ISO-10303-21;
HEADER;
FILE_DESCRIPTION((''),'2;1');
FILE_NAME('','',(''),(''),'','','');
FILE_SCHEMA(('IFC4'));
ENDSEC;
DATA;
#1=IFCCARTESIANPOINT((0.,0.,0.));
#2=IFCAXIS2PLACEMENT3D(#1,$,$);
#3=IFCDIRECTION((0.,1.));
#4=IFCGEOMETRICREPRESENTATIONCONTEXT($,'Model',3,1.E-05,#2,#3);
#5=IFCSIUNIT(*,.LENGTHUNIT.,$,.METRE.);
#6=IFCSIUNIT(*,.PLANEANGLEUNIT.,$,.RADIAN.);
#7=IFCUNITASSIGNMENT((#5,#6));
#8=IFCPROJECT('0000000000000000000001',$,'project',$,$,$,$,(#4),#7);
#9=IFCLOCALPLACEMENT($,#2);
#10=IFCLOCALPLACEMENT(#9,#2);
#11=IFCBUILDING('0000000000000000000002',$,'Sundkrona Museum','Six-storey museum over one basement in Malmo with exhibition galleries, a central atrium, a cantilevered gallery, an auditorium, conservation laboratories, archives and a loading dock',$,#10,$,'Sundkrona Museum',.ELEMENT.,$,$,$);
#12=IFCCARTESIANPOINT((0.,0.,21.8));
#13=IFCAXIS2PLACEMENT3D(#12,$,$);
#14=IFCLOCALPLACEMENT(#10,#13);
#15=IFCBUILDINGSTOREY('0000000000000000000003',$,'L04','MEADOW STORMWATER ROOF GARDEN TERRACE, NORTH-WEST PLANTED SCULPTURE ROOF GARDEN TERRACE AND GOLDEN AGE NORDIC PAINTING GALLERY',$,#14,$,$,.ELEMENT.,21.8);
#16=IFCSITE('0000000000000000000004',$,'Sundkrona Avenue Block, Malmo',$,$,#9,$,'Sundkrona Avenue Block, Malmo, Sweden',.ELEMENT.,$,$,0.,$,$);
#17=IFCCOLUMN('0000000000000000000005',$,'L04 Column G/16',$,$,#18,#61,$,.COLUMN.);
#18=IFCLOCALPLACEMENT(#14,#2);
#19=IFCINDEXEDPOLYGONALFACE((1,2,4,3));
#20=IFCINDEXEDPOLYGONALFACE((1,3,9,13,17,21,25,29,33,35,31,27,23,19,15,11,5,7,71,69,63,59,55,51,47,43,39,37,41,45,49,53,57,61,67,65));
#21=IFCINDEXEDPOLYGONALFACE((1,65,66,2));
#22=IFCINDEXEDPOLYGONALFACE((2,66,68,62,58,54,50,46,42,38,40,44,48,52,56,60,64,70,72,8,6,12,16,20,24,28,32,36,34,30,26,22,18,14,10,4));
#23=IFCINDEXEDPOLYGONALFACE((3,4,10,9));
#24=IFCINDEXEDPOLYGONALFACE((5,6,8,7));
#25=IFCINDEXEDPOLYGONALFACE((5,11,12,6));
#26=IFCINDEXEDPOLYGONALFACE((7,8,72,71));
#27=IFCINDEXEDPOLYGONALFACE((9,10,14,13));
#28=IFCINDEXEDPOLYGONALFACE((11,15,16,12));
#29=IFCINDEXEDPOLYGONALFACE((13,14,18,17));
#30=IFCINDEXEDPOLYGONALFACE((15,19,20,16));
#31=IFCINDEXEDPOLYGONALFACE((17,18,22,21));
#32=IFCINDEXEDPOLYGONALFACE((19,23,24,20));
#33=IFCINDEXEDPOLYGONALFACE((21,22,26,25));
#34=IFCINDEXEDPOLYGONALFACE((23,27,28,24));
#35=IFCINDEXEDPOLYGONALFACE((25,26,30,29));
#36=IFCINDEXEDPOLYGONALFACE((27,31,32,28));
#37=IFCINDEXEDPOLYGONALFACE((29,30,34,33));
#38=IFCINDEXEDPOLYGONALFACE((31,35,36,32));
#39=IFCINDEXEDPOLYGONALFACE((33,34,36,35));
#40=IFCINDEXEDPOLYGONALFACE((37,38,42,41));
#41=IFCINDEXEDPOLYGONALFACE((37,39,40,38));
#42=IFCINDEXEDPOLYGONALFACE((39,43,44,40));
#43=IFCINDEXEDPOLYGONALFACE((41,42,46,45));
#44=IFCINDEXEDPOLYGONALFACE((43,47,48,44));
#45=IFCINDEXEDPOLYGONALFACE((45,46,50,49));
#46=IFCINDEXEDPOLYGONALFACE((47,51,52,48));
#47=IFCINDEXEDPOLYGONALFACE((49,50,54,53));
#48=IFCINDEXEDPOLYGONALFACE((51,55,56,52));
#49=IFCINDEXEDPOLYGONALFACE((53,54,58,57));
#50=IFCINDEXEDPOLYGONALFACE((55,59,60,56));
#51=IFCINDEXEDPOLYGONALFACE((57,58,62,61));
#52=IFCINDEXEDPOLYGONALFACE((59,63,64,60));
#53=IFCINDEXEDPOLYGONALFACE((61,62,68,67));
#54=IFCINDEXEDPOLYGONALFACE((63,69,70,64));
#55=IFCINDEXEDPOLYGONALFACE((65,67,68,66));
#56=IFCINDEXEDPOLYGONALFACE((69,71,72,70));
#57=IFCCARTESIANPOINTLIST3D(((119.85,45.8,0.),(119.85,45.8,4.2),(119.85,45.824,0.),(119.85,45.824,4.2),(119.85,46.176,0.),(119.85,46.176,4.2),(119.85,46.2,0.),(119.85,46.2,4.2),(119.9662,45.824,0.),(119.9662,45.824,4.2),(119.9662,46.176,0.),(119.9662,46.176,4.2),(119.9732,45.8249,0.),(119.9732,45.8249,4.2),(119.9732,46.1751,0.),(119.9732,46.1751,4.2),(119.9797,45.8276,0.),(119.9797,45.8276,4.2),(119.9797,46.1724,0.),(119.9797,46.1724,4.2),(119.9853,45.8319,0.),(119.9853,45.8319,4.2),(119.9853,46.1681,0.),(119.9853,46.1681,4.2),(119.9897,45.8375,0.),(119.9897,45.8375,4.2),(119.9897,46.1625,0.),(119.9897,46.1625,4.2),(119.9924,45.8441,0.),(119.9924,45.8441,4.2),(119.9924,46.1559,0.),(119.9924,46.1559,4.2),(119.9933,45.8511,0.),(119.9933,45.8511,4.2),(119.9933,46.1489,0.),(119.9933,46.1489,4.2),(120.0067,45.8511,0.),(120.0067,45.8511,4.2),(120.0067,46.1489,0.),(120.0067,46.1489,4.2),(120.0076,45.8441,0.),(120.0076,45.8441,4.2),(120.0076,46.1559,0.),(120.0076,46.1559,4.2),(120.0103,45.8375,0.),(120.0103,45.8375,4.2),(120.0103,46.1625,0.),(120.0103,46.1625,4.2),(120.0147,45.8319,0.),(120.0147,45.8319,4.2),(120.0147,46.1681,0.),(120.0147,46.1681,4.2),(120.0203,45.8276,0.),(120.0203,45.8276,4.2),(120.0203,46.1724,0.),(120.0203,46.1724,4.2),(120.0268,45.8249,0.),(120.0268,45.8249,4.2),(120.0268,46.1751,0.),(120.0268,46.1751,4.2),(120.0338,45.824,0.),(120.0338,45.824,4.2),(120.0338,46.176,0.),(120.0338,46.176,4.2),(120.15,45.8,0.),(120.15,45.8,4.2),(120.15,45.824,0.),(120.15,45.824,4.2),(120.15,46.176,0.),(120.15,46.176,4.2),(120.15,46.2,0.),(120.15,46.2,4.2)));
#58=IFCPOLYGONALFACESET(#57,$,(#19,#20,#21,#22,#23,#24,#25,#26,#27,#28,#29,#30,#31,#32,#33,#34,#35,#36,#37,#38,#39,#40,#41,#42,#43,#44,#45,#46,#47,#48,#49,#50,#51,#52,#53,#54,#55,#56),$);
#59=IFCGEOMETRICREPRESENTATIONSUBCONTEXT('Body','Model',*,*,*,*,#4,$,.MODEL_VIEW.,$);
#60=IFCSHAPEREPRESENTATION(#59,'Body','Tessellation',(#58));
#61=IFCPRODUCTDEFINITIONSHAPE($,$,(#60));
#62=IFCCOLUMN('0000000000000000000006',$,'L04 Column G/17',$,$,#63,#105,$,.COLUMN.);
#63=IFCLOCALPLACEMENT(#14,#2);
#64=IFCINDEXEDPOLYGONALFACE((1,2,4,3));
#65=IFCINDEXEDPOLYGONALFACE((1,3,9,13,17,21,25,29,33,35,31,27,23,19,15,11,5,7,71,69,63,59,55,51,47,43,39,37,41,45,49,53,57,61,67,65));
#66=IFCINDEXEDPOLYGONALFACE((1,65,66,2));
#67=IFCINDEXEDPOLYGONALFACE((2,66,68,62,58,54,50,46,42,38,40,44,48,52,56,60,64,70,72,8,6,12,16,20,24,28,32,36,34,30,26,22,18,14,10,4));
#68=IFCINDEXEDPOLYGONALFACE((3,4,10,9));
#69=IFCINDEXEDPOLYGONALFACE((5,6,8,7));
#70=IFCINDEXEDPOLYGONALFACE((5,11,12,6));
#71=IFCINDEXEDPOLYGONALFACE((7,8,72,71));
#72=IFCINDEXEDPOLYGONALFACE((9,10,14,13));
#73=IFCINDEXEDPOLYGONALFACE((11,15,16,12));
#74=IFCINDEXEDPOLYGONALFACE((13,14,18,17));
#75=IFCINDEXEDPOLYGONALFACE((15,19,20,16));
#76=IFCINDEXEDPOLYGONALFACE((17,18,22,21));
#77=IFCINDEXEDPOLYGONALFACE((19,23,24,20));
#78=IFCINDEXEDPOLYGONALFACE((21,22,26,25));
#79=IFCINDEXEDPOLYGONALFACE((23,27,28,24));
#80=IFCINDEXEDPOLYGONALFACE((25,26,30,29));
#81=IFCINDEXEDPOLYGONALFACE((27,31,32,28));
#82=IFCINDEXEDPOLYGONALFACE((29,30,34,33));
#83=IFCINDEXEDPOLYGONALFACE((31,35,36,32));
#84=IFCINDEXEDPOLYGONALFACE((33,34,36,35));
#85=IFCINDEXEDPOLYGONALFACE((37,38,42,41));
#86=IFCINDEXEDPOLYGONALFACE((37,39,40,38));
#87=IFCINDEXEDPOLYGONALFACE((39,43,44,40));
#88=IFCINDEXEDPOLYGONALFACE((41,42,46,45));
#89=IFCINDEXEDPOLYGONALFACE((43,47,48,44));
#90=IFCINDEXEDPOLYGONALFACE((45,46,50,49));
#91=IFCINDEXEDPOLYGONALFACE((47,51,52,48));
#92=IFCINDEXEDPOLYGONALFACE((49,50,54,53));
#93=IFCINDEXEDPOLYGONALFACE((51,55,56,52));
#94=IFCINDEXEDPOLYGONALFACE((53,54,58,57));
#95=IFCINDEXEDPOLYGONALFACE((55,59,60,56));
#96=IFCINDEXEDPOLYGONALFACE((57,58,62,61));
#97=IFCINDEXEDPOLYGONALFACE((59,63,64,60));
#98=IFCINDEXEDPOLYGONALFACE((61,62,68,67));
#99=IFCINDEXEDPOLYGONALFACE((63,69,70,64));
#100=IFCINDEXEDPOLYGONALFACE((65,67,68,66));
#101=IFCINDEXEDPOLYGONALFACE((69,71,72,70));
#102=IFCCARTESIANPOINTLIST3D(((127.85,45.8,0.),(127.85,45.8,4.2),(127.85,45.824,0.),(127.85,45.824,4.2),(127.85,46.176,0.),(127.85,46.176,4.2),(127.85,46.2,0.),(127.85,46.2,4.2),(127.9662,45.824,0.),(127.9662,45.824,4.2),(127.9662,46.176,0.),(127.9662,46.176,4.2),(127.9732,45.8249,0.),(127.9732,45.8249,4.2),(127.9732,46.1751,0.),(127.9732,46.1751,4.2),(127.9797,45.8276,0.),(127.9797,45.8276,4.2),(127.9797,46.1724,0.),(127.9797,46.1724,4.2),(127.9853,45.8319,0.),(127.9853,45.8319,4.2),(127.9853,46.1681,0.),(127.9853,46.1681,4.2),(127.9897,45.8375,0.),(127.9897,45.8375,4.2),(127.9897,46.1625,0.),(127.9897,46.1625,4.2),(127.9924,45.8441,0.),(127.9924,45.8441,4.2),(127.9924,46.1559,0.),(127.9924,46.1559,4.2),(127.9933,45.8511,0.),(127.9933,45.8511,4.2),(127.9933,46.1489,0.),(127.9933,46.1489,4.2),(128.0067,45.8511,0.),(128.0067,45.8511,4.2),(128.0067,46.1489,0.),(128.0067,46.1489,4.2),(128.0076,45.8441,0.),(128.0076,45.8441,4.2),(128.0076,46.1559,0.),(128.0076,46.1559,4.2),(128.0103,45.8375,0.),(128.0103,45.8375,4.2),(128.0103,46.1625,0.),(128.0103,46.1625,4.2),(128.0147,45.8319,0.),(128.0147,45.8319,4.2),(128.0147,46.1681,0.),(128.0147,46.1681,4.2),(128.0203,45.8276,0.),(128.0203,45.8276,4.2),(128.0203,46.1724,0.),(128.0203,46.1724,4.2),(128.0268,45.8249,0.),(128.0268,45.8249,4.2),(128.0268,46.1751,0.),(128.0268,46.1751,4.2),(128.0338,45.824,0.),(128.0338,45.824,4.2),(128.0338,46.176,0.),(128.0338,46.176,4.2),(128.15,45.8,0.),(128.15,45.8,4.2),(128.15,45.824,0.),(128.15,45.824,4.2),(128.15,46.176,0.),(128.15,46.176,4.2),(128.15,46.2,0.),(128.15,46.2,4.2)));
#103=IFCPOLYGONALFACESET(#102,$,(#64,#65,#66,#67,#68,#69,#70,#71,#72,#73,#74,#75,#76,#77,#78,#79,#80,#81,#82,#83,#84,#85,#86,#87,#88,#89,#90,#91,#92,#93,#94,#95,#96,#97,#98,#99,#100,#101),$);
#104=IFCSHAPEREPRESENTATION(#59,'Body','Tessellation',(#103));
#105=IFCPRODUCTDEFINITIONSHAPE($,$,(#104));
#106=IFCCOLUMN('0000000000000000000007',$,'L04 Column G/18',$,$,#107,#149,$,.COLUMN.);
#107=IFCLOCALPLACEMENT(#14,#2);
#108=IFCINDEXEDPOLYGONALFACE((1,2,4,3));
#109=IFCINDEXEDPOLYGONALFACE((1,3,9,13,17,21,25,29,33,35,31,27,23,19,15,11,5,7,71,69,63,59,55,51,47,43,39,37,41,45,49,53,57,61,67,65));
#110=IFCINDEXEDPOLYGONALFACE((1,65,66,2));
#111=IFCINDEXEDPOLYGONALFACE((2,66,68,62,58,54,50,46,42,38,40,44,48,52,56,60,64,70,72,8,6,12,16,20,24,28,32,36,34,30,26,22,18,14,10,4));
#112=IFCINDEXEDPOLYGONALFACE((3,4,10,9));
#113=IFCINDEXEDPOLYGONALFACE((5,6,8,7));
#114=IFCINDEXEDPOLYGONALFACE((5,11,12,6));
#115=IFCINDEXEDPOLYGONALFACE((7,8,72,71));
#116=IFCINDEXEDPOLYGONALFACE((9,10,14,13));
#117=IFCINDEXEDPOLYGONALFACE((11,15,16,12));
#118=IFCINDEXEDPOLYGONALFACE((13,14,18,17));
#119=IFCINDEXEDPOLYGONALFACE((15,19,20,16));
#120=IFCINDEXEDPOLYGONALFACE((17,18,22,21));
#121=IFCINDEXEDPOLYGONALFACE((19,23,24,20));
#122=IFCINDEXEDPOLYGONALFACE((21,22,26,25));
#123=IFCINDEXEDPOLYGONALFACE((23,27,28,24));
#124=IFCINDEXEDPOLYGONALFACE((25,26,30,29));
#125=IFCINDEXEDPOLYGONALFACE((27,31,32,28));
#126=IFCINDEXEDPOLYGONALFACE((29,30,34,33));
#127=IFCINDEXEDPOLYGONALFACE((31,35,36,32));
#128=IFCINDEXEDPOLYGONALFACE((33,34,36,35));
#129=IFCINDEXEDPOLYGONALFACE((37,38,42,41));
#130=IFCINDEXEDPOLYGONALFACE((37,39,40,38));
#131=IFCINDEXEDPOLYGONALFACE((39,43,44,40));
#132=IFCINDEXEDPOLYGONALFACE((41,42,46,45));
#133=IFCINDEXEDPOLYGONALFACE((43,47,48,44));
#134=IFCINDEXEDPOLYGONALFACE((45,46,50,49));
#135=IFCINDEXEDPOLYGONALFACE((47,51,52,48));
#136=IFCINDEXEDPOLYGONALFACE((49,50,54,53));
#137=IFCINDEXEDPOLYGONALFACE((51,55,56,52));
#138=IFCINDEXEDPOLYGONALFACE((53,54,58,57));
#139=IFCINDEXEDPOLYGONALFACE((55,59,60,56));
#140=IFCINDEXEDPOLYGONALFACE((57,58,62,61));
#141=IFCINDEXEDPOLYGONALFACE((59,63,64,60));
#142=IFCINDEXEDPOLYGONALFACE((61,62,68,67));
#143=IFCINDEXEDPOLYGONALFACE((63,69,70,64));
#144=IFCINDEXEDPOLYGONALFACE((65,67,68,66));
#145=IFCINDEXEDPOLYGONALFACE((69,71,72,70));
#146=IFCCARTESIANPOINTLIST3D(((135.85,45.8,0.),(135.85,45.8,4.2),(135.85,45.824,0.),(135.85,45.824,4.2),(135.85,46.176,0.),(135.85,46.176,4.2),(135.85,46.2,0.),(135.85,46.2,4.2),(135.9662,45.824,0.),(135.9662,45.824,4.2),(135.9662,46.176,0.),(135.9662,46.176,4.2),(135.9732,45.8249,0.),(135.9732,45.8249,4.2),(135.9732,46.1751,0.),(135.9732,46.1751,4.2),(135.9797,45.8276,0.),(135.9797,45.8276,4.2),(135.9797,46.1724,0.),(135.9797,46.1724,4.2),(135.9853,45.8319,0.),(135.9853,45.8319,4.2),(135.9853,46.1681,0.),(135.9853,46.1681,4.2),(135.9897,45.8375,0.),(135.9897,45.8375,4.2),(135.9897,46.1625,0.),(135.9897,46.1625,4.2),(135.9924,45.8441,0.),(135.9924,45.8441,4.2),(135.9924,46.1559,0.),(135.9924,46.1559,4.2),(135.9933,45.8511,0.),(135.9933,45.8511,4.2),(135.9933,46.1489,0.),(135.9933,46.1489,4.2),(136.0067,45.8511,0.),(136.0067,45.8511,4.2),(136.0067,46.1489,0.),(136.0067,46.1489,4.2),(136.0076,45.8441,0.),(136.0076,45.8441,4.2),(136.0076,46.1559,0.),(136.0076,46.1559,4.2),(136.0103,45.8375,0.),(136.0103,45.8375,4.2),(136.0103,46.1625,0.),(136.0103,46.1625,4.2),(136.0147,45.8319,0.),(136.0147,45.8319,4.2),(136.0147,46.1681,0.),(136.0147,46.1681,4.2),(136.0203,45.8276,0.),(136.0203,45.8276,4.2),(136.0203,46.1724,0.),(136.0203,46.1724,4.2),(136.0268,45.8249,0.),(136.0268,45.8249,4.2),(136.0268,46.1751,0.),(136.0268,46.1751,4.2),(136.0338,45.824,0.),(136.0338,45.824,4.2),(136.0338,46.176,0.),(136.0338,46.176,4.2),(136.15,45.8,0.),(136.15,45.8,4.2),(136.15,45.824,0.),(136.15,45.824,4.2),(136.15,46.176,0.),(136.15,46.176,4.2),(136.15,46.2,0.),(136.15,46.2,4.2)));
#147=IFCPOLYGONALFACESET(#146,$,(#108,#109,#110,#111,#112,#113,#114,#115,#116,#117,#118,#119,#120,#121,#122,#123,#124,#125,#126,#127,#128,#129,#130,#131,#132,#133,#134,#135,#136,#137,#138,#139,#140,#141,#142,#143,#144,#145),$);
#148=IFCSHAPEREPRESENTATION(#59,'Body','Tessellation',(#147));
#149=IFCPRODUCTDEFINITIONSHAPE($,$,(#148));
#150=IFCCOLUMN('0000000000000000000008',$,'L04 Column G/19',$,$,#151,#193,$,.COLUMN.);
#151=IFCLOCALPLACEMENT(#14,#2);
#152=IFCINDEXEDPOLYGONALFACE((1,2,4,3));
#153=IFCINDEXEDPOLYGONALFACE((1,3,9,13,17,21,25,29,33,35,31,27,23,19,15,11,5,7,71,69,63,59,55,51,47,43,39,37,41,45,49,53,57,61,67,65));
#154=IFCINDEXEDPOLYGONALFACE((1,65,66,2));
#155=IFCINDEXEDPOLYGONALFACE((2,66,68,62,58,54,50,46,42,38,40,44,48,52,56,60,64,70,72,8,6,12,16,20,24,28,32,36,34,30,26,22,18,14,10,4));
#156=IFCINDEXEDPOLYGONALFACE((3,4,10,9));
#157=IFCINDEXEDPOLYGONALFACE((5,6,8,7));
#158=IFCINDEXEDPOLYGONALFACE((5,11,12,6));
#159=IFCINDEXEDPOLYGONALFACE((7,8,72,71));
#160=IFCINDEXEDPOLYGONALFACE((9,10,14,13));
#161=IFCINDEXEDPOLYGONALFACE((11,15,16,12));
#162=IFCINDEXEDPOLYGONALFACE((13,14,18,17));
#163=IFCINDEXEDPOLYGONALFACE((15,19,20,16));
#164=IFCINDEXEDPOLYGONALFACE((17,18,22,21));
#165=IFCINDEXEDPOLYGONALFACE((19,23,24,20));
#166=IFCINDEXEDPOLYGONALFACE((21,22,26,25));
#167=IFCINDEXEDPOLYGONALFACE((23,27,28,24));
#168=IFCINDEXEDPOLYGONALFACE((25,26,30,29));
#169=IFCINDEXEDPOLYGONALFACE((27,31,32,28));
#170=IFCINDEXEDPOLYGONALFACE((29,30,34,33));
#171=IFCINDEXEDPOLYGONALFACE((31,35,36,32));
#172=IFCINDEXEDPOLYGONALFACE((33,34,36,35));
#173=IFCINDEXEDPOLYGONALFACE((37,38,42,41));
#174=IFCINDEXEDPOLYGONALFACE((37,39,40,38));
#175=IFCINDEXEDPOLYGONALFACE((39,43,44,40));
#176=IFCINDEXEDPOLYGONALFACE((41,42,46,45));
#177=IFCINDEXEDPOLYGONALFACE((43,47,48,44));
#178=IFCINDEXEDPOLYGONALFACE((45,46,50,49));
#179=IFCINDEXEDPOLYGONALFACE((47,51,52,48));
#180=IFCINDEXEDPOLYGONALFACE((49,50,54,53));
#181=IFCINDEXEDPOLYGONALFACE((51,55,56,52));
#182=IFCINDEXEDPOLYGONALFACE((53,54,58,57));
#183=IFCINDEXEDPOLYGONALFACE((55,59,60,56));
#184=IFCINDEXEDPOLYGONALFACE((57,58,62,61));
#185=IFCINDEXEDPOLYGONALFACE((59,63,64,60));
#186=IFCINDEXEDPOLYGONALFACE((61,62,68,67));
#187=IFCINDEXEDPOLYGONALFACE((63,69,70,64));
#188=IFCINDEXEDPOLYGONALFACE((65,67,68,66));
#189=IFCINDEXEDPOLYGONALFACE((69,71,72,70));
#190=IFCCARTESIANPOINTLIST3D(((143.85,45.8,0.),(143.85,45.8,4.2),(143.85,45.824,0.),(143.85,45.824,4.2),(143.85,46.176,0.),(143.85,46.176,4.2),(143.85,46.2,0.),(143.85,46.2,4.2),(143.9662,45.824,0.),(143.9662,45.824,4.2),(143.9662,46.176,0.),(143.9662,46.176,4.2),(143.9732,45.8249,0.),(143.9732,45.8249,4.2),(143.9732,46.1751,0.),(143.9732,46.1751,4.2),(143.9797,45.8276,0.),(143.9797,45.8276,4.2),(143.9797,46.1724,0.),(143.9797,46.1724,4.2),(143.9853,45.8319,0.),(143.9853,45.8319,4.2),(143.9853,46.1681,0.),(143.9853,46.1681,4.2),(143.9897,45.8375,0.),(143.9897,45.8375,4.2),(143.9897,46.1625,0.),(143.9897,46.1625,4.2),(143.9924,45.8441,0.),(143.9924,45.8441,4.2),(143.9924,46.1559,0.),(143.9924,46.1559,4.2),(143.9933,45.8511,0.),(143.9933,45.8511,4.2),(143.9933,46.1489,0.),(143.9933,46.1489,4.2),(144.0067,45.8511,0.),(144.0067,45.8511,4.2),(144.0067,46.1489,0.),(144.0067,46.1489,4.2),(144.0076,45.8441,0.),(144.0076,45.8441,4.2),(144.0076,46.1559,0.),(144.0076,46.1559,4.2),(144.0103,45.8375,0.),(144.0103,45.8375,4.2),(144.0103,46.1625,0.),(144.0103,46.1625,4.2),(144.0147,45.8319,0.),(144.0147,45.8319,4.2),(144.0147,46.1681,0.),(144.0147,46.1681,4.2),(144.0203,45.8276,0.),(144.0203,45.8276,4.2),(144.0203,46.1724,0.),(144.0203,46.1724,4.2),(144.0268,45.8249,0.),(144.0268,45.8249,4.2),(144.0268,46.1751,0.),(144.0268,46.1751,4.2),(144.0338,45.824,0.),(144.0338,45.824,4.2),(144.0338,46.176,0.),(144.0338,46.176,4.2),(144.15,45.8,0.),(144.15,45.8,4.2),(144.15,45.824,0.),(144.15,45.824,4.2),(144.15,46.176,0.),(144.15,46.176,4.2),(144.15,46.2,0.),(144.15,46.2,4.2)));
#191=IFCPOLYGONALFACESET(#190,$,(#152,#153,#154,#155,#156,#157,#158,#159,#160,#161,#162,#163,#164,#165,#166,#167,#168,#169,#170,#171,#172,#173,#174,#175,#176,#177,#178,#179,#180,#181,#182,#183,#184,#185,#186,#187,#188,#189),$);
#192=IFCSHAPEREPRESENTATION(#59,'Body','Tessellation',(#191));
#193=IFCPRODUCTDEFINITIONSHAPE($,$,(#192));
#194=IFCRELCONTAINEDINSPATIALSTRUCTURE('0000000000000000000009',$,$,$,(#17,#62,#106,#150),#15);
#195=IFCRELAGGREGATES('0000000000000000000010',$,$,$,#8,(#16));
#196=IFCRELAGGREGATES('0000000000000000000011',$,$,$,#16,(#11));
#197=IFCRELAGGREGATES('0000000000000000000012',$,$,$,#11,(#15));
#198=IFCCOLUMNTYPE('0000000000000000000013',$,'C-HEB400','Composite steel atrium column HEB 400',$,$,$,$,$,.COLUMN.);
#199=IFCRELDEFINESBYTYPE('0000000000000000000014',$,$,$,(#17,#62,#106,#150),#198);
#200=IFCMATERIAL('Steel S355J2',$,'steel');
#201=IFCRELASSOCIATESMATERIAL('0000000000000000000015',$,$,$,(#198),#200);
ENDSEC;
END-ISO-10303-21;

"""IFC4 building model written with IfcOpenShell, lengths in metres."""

from ifc_helpers import new_model, si_unit, direction, frame, origin, origin_2d, place, context, subcontext, project, spatial, i_section, extrude, material, material_profile, profile_set, type_object, element, save


model = new_model("IFC4")

# Units and contexts
model_context = context("Model", 3, precision=1e-05, world=origin(), true_north=direction((0.0, 1.0)))
body_context = subcontext(model_context, "Body", "Model", "MODEL_VIEW")
ifc_project = project(units=[si_unit("LENGTHUNIT", "METRE"), si_unit("PLANEANGLEUNIT", "RADIAN")], contexts=[model_context])

# Site, building, storey
site_placement = place(None, origin())
site = spatial("IfcSite", under=ifc_project, at=site_placement, Name="Sundkrona Avenue Block, Malmo", LongName="Sundkrona Avenue Block, Malmo, Sweden", CompositionType="ELEMENT", RefElevation=0.0)
building_placement = place(site_placement, origin())
building = spatial("IfcBuilding", under=site, at=building_placement, Name="Sundkrona Museum", Description="Six-storey museum over one basement in Malmo with exhibition galleries, a central atrium, a cantilevered gallery, an auditorium, conservation laboratories, archives and a loading dock", LongName="Sundkrona Museum", CompositionType="ELEMENT")
storey_placement = place(building_placement, frame((0.0, 0.0, 21.8)))
storey = spatial("IfcBuildingStorey", under=building, at=storey_placement, Name="L04", Description="MEADOW STORMWATER ROOF GARDEN TERRACE, NORTH-WEST PLANTED SCULPTURE ROOF GARDEN TERRACE AND GOLDEN AGE NORDIC PAINTING GALLERY", CompositionType="ELEMENT", Elevation=21.8)

# Columns
ifc_material_1 = material(Name="Steel S355J2", Category="steel")
ifc_material_profile_1 = material_profile(ifc_material_1, i_section(OverallWidth=0.3, OverallDepth=0.3999, WebThickness=0.0134, FlangeThickness=0.0239, FilletRadius=0.0271, at=origin_2d()), Name="HEB 400")
ifc_profile_set_1 = profile_set([ifc_material_profile_1], Name="Steel S355J2")
column_type = type_object("IfcColumnType", Name="C-HEB400", Description="Composite steel atrium column HEB 400", PredefinedType="COLUMN", material=ifc_profile_set_1)
for number, where, z_axis, x_axis, name in (
    (1, (120.0, 46.0, 0.0), (0.0, 0.0, 1.0), (1.0, 0.0, 0.0), "L04 Column G/16"),
    (2, (128.0, 46.0, 0.0), (0.0, 0.0, 1.0), (1.0, 0.0, 0.0), "L04 Column G/17"),
    (3, (136.0, 46.0, 0.0), (0.0, 0.0, 1.0), (1.0, 0.0, 0.0), "L04 Column G/18"),
    (4, (144.0, 46.0, 0.0), (0.0, 0.0, 1.0), (1.0, 0.0, 0.0), "L04 Column G/19"),
):
    element("IfcColumn", number, at=place(storey_placement, frame(where, z_axis=z_axis, x_axis=x_axis)), inside=storey, type_object=column_type, Name=name, PredefinedType="COLUMN", context=body_context, shape_type="SweptSolid", body=[
        extrude(i_section(OverallWidth=0.3, OverallDepth=0.3999, WebThickness=0.0134, FlangeThickness=0.0239, FilletRadius=0.0271, at=origin_2d()), origin(), (0.0, 0.0, 1.0), 4.2),
    ])

save(model, "model.ifc")
